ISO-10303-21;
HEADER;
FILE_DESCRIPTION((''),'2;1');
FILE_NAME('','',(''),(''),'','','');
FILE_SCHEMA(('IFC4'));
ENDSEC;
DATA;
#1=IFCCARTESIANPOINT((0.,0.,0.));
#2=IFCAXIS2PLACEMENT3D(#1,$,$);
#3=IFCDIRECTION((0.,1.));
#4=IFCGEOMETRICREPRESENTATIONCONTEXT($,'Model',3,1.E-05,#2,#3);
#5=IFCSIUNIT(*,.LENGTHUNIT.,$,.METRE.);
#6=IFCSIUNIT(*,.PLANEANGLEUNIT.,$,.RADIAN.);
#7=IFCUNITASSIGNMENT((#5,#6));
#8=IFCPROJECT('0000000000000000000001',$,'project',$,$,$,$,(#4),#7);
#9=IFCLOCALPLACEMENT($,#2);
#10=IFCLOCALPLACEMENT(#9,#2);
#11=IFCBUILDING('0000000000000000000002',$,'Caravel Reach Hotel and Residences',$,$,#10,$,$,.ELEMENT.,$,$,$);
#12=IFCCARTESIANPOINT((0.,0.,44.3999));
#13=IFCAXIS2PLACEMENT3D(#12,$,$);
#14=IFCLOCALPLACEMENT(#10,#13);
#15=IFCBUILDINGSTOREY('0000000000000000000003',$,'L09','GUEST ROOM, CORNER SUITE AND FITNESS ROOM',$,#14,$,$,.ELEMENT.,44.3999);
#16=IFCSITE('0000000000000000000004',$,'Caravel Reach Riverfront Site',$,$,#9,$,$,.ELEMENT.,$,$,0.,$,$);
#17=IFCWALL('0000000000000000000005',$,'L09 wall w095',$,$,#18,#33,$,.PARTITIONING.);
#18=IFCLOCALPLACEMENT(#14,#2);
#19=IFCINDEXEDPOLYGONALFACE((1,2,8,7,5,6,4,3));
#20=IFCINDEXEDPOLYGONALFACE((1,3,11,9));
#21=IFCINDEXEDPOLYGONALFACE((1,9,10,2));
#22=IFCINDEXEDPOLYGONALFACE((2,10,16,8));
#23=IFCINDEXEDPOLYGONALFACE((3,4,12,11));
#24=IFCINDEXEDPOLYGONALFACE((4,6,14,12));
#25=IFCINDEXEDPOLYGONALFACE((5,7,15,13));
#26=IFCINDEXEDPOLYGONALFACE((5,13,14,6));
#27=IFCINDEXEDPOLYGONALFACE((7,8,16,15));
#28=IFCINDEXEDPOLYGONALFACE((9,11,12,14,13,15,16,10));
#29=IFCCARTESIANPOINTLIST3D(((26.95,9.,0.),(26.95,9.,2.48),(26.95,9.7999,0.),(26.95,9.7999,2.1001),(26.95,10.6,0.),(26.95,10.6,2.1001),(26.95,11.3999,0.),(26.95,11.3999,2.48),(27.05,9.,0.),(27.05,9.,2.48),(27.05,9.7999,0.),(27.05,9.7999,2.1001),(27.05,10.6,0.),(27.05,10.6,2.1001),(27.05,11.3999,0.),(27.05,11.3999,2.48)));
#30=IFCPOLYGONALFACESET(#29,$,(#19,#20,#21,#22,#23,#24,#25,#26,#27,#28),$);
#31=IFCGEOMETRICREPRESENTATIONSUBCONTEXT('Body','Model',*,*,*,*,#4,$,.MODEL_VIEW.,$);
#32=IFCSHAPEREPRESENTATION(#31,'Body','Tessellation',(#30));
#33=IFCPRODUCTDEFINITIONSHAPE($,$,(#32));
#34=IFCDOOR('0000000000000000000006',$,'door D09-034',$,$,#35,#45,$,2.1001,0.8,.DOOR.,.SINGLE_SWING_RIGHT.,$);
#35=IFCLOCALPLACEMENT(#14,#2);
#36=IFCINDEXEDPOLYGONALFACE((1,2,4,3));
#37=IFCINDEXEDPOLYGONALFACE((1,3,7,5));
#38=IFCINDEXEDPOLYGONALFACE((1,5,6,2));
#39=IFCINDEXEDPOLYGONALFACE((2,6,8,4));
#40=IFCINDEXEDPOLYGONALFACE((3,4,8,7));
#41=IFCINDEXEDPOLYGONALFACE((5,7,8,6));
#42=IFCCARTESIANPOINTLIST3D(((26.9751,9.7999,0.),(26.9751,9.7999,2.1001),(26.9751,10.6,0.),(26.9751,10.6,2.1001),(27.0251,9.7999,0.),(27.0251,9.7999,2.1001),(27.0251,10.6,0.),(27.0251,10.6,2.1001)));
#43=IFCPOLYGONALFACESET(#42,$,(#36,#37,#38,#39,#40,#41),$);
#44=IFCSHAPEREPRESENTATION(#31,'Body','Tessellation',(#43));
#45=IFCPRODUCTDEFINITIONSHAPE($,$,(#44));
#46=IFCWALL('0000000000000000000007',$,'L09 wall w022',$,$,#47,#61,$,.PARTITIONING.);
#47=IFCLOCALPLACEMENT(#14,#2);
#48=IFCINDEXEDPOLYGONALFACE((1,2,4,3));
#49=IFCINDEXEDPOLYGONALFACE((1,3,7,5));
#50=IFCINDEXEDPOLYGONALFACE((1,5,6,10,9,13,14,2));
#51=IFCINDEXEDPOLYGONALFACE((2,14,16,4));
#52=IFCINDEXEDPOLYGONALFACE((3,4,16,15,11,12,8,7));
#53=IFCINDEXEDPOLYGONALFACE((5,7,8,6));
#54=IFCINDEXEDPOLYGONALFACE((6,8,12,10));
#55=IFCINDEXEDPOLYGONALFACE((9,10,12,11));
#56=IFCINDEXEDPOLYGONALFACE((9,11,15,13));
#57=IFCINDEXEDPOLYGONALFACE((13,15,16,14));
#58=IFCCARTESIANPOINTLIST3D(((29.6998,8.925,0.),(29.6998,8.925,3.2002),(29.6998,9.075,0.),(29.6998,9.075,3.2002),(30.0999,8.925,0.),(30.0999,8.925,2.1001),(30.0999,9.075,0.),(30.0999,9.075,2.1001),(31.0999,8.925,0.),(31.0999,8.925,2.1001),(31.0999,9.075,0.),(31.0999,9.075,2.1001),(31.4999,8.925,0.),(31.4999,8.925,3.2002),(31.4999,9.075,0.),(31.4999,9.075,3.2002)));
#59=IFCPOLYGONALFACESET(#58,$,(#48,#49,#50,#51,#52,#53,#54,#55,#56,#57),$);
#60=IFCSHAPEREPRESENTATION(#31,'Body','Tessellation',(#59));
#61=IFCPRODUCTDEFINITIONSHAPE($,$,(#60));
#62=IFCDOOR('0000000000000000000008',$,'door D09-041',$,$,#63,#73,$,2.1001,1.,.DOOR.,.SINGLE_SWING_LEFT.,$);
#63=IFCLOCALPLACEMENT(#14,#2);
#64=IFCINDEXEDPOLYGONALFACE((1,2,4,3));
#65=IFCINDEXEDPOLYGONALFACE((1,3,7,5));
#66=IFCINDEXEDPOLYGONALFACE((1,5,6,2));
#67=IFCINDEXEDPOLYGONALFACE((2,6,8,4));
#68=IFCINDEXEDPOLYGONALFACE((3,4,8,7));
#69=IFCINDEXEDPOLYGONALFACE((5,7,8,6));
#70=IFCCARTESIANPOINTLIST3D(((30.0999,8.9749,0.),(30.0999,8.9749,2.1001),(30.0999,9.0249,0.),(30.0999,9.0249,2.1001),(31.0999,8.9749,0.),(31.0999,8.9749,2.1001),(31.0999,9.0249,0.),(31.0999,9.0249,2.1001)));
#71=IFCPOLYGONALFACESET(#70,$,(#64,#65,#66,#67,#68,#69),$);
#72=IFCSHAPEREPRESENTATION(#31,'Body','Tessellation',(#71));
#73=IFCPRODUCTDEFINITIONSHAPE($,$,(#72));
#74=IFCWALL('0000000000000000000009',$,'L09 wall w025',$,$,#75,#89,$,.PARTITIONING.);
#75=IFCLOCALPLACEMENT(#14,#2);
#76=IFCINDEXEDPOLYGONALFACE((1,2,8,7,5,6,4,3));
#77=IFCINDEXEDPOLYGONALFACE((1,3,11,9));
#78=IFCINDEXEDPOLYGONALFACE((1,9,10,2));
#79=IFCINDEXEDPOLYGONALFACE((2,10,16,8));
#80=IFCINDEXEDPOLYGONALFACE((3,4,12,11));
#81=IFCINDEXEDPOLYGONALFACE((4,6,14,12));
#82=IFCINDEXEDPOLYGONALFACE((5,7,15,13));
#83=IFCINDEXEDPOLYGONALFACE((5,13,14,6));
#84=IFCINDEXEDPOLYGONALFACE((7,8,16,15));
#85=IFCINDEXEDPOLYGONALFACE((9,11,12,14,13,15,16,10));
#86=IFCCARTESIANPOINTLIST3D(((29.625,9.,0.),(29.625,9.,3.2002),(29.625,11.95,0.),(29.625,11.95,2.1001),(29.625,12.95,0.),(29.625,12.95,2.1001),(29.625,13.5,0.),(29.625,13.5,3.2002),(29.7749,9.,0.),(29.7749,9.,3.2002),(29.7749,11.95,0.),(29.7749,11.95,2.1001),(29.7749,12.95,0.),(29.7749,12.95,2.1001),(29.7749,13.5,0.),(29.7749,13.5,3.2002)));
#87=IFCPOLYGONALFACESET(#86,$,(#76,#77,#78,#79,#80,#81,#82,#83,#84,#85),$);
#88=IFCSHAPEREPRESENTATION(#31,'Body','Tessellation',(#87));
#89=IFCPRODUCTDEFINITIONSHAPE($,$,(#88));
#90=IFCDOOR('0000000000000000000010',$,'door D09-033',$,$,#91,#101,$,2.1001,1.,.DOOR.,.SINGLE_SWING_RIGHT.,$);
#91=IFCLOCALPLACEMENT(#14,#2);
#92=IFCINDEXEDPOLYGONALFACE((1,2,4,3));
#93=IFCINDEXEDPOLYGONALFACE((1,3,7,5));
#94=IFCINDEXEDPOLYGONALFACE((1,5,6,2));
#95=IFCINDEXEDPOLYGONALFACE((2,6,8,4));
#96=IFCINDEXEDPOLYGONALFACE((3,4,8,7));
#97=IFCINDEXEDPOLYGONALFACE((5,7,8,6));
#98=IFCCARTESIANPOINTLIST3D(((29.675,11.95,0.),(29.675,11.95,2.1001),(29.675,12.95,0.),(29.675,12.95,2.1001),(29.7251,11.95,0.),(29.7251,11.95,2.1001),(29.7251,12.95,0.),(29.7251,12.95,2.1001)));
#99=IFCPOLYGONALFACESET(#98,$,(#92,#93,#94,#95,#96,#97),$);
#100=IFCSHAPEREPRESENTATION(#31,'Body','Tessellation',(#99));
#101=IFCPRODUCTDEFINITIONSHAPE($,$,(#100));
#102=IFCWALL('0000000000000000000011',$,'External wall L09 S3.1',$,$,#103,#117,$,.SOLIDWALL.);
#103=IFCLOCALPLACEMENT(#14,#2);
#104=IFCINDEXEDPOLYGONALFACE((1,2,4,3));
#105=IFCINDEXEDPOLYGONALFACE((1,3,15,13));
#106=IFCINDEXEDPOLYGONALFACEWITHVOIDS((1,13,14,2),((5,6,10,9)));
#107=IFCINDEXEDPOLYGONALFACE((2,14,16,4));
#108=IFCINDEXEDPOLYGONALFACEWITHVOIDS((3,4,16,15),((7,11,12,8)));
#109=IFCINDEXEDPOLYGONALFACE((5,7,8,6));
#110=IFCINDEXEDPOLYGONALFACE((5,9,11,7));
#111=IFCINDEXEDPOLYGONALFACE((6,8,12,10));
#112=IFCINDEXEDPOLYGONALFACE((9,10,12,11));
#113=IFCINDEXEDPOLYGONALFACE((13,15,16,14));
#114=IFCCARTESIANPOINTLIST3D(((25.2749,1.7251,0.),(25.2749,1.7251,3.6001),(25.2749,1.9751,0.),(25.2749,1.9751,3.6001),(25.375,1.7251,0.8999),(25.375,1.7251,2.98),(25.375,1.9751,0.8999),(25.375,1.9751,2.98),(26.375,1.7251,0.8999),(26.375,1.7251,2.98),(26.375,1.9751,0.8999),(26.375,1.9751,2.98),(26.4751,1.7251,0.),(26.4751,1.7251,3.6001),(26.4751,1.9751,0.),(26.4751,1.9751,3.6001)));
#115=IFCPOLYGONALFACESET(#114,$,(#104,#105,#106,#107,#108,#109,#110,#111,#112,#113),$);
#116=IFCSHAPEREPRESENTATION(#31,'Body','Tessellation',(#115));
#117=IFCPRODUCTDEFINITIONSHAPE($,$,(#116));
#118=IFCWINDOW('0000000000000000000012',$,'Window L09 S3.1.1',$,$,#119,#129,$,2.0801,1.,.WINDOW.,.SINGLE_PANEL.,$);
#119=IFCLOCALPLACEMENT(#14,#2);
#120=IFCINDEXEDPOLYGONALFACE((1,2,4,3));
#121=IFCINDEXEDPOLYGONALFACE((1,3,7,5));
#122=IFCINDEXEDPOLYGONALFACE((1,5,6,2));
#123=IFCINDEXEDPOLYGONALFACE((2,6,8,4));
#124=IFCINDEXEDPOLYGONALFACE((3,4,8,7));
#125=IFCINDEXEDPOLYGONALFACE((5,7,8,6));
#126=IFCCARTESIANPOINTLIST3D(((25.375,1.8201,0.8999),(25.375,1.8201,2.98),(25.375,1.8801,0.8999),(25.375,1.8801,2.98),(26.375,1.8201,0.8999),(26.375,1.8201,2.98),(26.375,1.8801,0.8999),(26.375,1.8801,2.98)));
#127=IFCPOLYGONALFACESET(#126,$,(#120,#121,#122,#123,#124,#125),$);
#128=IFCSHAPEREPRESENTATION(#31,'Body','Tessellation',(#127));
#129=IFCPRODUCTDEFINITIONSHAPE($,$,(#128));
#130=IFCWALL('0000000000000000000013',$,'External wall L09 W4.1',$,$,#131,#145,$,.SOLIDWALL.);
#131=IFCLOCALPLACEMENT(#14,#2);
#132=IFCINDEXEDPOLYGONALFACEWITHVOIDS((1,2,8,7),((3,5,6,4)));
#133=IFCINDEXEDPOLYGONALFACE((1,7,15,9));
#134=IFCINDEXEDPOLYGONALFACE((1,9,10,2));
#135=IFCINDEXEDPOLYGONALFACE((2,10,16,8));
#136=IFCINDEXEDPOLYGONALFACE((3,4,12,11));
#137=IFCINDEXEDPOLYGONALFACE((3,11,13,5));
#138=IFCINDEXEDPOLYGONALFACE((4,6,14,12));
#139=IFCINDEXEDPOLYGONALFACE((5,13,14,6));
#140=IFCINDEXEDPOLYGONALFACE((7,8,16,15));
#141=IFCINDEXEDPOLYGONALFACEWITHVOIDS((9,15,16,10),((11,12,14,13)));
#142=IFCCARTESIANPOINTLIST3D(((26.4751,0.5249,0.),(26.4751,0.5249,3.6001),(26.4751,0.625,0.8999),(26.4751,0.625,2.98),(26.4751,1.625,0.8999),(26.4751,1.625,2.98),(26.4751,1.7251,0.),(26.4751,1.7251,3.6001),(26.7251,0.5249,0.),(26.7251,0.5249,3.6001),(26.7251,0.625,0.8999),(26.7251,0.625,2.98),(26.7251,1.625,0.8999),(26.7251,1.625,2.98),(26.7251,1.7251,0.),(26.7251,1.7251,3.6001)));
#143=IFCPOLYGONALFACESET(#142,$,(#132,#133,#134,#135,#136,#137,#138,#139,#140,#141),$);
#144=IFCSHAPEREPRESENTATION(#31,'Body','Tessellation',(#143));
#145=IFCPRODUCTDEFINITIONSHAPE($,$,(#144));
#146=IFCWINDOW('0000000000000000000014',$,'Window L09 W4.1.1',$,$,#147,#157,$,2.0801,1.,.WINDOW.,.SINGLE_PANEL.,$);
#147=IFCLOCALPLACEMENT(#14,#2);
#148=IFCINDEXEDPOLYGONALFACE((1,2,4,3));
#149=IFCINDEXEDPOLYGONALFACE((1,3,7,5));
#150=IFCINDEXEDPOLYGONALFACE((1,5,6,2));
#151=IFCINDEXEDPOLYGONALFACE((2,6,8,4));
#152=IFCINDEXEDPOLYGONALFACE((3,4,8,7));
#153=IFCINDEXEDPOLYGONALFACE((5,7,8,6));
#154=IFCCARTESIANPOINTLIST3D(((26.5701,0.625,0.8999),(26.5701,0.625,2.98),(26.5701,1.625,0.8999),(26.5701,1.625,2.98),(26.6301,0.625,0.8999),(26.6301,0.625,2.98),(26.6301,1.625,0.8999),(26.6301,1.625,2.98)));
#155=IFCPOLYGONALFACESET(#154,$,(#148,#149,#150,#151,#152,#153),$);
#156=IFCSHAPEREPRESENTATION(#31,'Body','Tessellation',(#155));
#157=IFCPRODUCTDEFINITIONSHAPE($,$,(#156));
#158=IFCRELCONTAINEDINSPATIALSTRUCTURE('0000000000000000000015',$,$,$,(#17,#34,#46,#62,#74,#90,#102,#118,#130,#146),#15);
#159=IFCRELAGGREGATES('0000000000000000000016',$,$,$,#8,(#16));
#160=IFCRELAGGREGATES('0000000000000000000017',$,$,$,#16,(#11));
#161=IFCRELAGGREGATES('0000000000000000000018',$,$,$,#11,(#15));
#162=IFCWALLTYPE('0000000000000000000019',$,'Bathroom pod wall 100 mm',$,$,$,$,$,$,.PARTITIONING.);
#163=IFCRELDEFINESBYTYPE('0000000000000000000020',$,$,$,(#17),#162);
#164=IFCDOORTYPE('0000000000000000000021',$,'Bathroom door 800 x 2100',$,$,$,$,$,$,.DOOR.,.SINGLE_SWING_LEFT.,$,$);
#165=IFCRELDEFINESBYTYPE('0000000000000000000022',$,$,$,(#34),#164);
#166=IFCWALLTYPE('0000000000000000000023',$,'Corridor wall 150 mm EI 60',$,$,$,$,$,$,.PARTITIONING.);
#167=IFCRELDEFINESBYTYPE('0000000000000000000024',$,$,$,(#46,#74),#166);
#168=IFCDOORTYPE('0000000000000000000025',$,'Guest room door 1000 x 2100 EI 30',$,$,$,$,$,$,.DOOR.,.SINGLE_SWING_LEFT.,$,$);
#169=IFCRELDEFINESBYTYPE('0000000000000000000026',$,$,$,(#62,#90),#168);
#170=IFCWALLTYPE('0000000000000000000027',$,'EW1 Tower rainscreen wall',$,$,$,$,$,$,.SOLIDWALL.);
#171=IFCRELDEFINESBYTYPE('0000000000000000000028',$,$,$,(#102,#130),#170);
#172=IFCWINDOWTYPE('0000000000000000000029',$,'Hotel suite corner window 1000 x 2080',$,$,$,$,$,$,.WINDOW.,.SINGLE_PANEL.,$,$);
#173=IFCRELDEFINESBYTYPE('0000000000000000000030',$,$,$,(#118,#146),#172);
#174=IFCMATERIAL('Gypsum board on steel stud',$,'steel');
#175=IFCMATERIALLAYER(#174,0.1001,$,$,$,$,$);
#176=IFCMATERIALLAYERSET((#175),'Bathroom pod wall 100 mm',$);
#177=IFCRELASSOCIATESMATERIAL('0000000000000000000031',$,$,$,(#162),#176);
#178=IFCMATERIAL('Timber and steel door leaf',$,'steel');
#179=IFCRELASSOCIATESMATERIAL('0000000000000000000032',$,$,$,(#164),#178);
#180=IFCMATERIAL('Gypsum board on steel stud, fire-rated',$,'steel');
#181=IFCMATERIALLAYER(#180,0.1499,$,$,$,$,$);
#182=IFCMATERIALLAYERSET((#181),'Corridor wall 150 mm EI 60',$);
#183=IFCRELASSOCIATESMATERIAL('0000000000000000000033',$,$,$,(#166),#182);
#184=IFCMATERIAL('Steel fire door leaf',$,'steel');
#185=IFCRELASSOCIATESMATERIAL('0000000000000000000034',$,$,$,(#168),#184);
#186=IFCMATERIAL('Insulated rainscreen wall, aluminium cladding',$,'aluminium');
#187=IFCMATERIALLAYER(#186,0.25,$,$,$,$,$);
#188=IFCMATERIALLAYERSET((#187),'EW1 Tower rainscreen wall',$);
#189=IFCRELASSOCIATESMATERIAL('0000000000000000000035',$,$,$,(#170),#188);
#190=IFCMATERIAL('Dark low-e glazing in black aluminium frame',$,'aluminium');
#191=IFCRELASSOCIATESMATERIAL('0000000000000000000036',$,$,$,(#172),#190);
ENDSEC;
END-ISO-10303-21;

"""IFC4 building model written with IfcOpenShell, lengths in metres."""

from ifc_helpers import new_model, si_unit, direction, frame, frame_2d, origin, place, context, subcontext, project, spatial, rectangle, extrude, material, layer, layer_set, type_object, element, fill, save


model = new_model("IFC4")

# Units and contexts
model_context = context("Model", 3, precision=1e-05, world=origin(), true_north=direction((0.0, 1.0)))
body_context = subcontext(model_context, "Body", "Model", "MODEL_VIEW")
ifc_project = project(units=[si_unit("LENGTHUNIT", "METRE"), si_unit("PLANEANGLEUNIT", "RADIAN")], contexts=[model_context])

# Site, building, storey
site_placement = place(None, origin())
site = spatial("IfcSite", under=ifc_project, at=site_placement, Name="Caravel Reach Riverfront Site", CompositionType="ELEMENT", RefElevation=0.0)
building_placement = place(site_placement, origin())
building = spatial("IfcBuilding", under=site, at=building_placement, Name="Caravel Reach Hotel and Residences", CompositionType="ELEMENT")
storey_placement = place(building_placement, frame((0.0, 0.0, 44.3999)))
storey = spatial("IfcBuildingStorey", under=building, at=storey_placement, Name="L09", Description="GUEST ROOM, CORNER SUITE AND FITNESS ROOM", CompositionType="ELEMENT", Elevation=44.3999)

# Shared definitions
ifc_material_1 = material(Name="Gypsum board on steel stud", Category="steel")
ifc_layer_1 = layer(ifc_material_1, 0.1001)
ifc_layer_set_1 = layer_set([ifc_layer_1], Name="Bathroom pod wall 100 mm")
wall_type_1 = type_object("IfcWallType", Name="Bathroom pod wall 100 mm", PredefinedType="PARTITIONING", material=ifc_layer_set_1)

# Walls, openings, doors
wall_1_placement = place(storey_placement, frame((27.0, 9.0, 0.0), z_axis=(0.0, 0.0, 1.0), x_axis=(0.0, 1.0, 0.0)))
wall_1 = element("IfcWall", 1, at=wall_1_placement, inside=storey, type_object=wall_type_1, Name="L09 wall w095", PredefinedType="PARTITIONING", context=body_context, shape_type="SweptSolid", body=[
    extrude(rectangle(XDim=2.3999, YDim=0.1001, at=frame_2d((1.2, 0.0))), origin(), (0.0, 0.0, 1.0), 2.48),
])
opening_1_placement = place(wall_1_placement, frame((0.8, 0.0, 0.0)))
opening_1 = element("IfcOpeningElement", 2, at=opening_1_placement, cuts=wall_1, PredefinedType="OPENING", context=body_context, shape_type="SweptSolid", body=[
    extrude(rectangle(XDim=0.8, YDim=2.1001, at=frame_2d((0.3999, 1.05))), frame((0.0, 0.0601, 0.0), z_axis=(0.0, -1.0, 0.0), x_axis=(1.0, 0.0, 0.0)), (0.0, 0.0, 1.0), 0.1201),
])
ifc_material_2 = material(Name="Timber and steel door leaf", Category="steel")
door_type_1 = type_object("IfcDoorType", Name="Bathroom door 800 x 2100", OperationType="SINGLE_SWING_LEFT", PredefinedType="DOOR", material=ifc_material_2)
door_1_placement = place(opening_1_placement, origin())
door_1 = element("IfcDoor", 3, at=door_1_placement, inside=storey, type_object=door_type_1, Name="door D09-034", OperationType="SINGLE_SWING_RIGHT", OverallHeight=2.1001, OverallWidth=0.8, PredefinedType="DOOR", context=body_context, shape_type="SweptSolid", body=[
    extrude(rectangle(XDim=0.8, YDim=2.1001, at=frame_2d((0.3999, 1.05))), frame((0.0, 0.0249, 0.0), z_axis=(0.0, -1.0, 0.0), x_axis=(1.0, 0.0, 0.0)), (0.0, 0.0, 1.0), 0.05),
])
fill(opening_1, door_1)
ifc_material_3 = material(Name="Gypsum board on steel stud, fire-rated", Category="steel")
ifc_layer_2 = layer(ifc_material_3, 0.1499)
ifc_layer_set_2 = layer_set([ifc_layer_2], Name="Corridor wall 150 mm EI 60")
wall_type_2 = type_object("IfcWallType", Name="Corridor wall 150 mm EI 60", PredefinedType="PARTITIONING", material=ifc_layer_set_2)
wall_2_placement = place(storey_placement, frame((29.7, 9.0, 0.0), z_axis=(0.0, 0.0, 1.0), x_axis=(1.0, 0.0, 0.0)))
wall_2 = element("IfcWall", 4, at=wall_2_placement, inside=storey, type_object=wall_type_2, Name="L09 wall w022", PredefinedType="PARTITIONING", context=body_context, shape_type="SweptSolid", body=[
    extrude(rectangle(XDim=1.8, YDim=0.1499, at=frame_2d((0.8999, 0.0))), origin(), (0.0, 0.0, 1.0), 3.2002),
])
opening_2_placement = place(wall_2_placement, frame((0.3999, 0.0, 0.0)))
opening_2 = element("IfcOpeningElement", 5, at=opening_2_placement, cuts=wall_2, PredefinedType="OPENING", context=body_context, shape_type="SweptSolid", body=[
    extrude(rectangle(XDim=1.0, YDim=2.1001, at=frame_2d((0.5, 1.05))), frame((0.0, 0.085, 0.0), z_axis=(0.0, -1.0, 0.0), x_axis=(1.0, 0.0, 0.0)), (0.0, 0.0, 1.0), 0.1699),
])
ifc_material_4 = material(Name="Steel fire door leaf", Category="steel")
door_type_2 = type_object("IfcDoorType", Name="Guest room door 1000 x 2100 EI 30", OperationType="SINGLE_SWING_LEFT", PredefinedType="DOOR", material=ifc_material_4)
door_2_placement = place(opening_2_placement, origin())
door_2 = element("IfcDoor", 6, at=door_2_placement, inside=storey, type_object=door_type_2, Name="door D09-041", OperationType="SINGLE_SWING_LEFT", OverallHeight=2.1001, OverallWidth=1.0, PredefinedType="DOOR", context=body_context, shape_type="SweptSolid", body=[
    extrude(rectangle(XDim=1.0, YDim=2.1001, at=frame_2d((0.5, 1.05))), frame((0.0, 0.0249, 0.0), z_axis=(0.0, -1.0, 0.0), x_axis=(1.0, 0.0, 0.0)), (0.0, 0.0, 1.0), 0.05),
])
fill(opening_2, door_2)
wall_3_placement = place(storey_placement, frame((29.7, 9.0, 0.0), z_axis=(0.0, 0.0, 1.0), x_axis=(0.0, 1.0, 0.0)))
wall_3 = element("IfcWall", 7, at=wall_3_placement, inside=storey, type_object=wall_type_2, Name="L09 wall w025", PredefinedType="PARTITIONING", context=body_context, shape_type="SweptSolid", body=[
    extrude(rectangle(XDim=4.5, YDim=0.1499, at=frame_2d((2.25, 0.0))), origin(), (0.0, 0.0, 1.0), 3.2002),
])
opening_3_placement = place(wall_3_placement, frame((2.95, 0.0, 0.0)))
opening_3 = element("IfcOpeningElement", 8, at=opening_3_placement, cuts=wall_3, PredefinedType="OPENING", context=body_context, shape_type="SweptSolid", body=[
    extrude(rectangle(XDim=1.0, YDim=2.1001, at=frame_2d((0.5, 1.05))), frame((0.0, 0.085, 0.0), z_axis=(0.0, -1.0, 0.0), x_axis=(1.0, 0.0, 0.0)), (0.0, 0.0, 1.0), 0.1699),
])
door_3_placement = place(opening_3_placement, origin())
door_3 = element("IfcDoor", 9, at=door_3_placement, inside=storey, type_object=door_type_2, Name="door D09-033", OperationType="SINGLE_SWING_RIGHT", OverallHeight=2.1001, OverallWidth=1.0, PredefinedType="DOOR", context=body_context, shape_type="SweptSolid", body=[
    extrude(rectangle(XDim=1.0, YDim=2.1001, at=frame_2d((0.5, 1.05))), frame((0.0, 0.0249, 0.0), z_axis=(0.0, -1.0, 0.0), x_axis=(1.0, 0.0, 0.0)), (0.0, 0.0, 1.0), 0.05),
])
fill(opening_3, door_3)

# Walls, openings, windows
ifc_material_5 = material(Name="Insulated rainscreen wall, aluminium cladding", Category="aluminium")
ifc_layer_3 = layer(ifc_material_5, 0.25)
ifc_layer_set_3 = layer_set([ifc_layer_3], Name="EW1 Tower rainscreen wall")
wall_type_3 = type_object("IfcWallType", Name="EW1 Tower rainscreen wall", PredefinedType="SOLIDWALL", material=ifc_layer_set_3)
wall_4_placement = place(storey_placement, frame((25.2749, 1.8501, 0.0), z_axis=(0.0, 0.0, 1.0), x_axis=(1.0, 0.0, 0.0)))
wall_4 = element("IfcWall", 10, at=wall_4_placement, inside=storey, type_object=wall_type_3, Name="External wall L09 S3.1", PredefinedType="SOLIDWALL", context=body_context, shape_type="SweptSolid", body=[
    extrude(rectangle(XDim=1.2002, YDim=0.25, at=frame_2d((0.6001, 0.0))), origin(), (0.0, 0.0, 1.0), 3.6001),
])
opening_4_placement = place(wall_4_placement, frame((0.1001, 0.0, 0.8999)))
opening_4 = element("IfcOpeningElement", 11, at=opening_4_placement, cuts=wall_4, PredefinedType="OPENING", context=body_context, shape_type="SweptSolid", body=[
    extrude(rectangle(XDim=1.0, YDim=2.0801, at=frame_2d((0.5, 1.04))), frame((0.0, 0.135, 0.0), z_axis=(0.0, -1.0, 0.0), x_axis=(1.0, 0.0, 0.0)), (0.0, 0.0, 1.0), 0.27),
])
ifc_material_6 = material(Name="Dark low-e glazing in black aluminium frame", Category="aluminium")
window_type_1 = type_object("IfcWindowType", Name="Hotel suite corner window 1000 x 2080", PartitioningType="SINGLE_PANEL", PredefinedType="WINDOW", material=ifc_material_6)
window_1_placement = place(opening_4_placement, origin())
window_1 = element("IfcWindow", 12, at=window_1_placement, inside=storey, type_object=window_type_1, Name="Window L09 S3.1.1", OverallHeight=2.0801, OverallWidth=1.0, PartitioningType="SINGLE_PANEL", PredefinedType="WINDOW", context=body_context, shape_type="SweptSolid", body=[
    extrude(rectangle(XDim=1.0, YDim=2.0801, at=frame_2d((0.5, 1.04))), frame((0.0, 0.03, 0.0), z_axis=(0.0, -1.0, 0.0), x_axis=(1.0, 0.0, 0.0)), (0.0, 0.0, 1.0), 0.0601),
])
fill(opening_4, window_1)
wall_5_placement = place(storey_placement, frame((26.6001, 1.7251, 0.0), z_axis=(0.0, 0.0, 1.0), x_axis=(0.0, -1.0, 0.0)))
wall_5 = element("IfcWall", 13, at=wall_5_placement, inside=storey, type_object=wall_type_3, Name="External wall L09 W4.1", PredefinedType="SOLIDWALL", context=body_context, shape_type="SweptSolid", body=[
    extrude(rectangle(XDim=1.2002, YDim=0.25, at=frame_2d((0.6001, 0.0))), origin(), (0.0, 0.0, 1.0), 3.6001),
])
opening_5_placement = place(wall_5_placement, frame((0.1001, 0.0, 0.8999)))
opening_5 = element("IfcOpeningElement", 14, at=opening_5_placement, cuts=wall_5, PredefinedType="OPENING", context=body_context, shape_type="SweptSolid", body=[
    extrude(rectangle(XDim=1.0, YDim=2.0801, at=frame_2d((0.5, 1.04))), frame((0.0, 0.135, 0.0), z_axis=(0.0, -1.0, 0.0), x_axis=(1.0, 0.0, 0.0)), (0.0, 0.0, 1.0), 0.27),
])
window_2_placement = place(opening_5_placement, origin())
window_2 = element("IfcWindow", 15, at=window_2_placement, inside=storey, type_object=window_type_1, Name="Window L09 W4.1.1", OverallHeight=2.0801, OverallWidth=1.0, PartitioningType="SINGLE_PANEL", PredefinedType="WINDOW", context=body_context, shape_type="SweptSolid", body=[
    extrude(rectangle(XDim=1.0, YDim=2.0801, at=frame_2d((0.5, 1.04))), frame((0.0, 0.03, 0.0), z_axis=(0.0, -1.0, 0.0), x_axis=(1.0, 0.0, 0.0)), (0.0, 0.0, 1.0), 0.0601),
])
fill(opening_5, window_2)

save(model, "model.ifc")
